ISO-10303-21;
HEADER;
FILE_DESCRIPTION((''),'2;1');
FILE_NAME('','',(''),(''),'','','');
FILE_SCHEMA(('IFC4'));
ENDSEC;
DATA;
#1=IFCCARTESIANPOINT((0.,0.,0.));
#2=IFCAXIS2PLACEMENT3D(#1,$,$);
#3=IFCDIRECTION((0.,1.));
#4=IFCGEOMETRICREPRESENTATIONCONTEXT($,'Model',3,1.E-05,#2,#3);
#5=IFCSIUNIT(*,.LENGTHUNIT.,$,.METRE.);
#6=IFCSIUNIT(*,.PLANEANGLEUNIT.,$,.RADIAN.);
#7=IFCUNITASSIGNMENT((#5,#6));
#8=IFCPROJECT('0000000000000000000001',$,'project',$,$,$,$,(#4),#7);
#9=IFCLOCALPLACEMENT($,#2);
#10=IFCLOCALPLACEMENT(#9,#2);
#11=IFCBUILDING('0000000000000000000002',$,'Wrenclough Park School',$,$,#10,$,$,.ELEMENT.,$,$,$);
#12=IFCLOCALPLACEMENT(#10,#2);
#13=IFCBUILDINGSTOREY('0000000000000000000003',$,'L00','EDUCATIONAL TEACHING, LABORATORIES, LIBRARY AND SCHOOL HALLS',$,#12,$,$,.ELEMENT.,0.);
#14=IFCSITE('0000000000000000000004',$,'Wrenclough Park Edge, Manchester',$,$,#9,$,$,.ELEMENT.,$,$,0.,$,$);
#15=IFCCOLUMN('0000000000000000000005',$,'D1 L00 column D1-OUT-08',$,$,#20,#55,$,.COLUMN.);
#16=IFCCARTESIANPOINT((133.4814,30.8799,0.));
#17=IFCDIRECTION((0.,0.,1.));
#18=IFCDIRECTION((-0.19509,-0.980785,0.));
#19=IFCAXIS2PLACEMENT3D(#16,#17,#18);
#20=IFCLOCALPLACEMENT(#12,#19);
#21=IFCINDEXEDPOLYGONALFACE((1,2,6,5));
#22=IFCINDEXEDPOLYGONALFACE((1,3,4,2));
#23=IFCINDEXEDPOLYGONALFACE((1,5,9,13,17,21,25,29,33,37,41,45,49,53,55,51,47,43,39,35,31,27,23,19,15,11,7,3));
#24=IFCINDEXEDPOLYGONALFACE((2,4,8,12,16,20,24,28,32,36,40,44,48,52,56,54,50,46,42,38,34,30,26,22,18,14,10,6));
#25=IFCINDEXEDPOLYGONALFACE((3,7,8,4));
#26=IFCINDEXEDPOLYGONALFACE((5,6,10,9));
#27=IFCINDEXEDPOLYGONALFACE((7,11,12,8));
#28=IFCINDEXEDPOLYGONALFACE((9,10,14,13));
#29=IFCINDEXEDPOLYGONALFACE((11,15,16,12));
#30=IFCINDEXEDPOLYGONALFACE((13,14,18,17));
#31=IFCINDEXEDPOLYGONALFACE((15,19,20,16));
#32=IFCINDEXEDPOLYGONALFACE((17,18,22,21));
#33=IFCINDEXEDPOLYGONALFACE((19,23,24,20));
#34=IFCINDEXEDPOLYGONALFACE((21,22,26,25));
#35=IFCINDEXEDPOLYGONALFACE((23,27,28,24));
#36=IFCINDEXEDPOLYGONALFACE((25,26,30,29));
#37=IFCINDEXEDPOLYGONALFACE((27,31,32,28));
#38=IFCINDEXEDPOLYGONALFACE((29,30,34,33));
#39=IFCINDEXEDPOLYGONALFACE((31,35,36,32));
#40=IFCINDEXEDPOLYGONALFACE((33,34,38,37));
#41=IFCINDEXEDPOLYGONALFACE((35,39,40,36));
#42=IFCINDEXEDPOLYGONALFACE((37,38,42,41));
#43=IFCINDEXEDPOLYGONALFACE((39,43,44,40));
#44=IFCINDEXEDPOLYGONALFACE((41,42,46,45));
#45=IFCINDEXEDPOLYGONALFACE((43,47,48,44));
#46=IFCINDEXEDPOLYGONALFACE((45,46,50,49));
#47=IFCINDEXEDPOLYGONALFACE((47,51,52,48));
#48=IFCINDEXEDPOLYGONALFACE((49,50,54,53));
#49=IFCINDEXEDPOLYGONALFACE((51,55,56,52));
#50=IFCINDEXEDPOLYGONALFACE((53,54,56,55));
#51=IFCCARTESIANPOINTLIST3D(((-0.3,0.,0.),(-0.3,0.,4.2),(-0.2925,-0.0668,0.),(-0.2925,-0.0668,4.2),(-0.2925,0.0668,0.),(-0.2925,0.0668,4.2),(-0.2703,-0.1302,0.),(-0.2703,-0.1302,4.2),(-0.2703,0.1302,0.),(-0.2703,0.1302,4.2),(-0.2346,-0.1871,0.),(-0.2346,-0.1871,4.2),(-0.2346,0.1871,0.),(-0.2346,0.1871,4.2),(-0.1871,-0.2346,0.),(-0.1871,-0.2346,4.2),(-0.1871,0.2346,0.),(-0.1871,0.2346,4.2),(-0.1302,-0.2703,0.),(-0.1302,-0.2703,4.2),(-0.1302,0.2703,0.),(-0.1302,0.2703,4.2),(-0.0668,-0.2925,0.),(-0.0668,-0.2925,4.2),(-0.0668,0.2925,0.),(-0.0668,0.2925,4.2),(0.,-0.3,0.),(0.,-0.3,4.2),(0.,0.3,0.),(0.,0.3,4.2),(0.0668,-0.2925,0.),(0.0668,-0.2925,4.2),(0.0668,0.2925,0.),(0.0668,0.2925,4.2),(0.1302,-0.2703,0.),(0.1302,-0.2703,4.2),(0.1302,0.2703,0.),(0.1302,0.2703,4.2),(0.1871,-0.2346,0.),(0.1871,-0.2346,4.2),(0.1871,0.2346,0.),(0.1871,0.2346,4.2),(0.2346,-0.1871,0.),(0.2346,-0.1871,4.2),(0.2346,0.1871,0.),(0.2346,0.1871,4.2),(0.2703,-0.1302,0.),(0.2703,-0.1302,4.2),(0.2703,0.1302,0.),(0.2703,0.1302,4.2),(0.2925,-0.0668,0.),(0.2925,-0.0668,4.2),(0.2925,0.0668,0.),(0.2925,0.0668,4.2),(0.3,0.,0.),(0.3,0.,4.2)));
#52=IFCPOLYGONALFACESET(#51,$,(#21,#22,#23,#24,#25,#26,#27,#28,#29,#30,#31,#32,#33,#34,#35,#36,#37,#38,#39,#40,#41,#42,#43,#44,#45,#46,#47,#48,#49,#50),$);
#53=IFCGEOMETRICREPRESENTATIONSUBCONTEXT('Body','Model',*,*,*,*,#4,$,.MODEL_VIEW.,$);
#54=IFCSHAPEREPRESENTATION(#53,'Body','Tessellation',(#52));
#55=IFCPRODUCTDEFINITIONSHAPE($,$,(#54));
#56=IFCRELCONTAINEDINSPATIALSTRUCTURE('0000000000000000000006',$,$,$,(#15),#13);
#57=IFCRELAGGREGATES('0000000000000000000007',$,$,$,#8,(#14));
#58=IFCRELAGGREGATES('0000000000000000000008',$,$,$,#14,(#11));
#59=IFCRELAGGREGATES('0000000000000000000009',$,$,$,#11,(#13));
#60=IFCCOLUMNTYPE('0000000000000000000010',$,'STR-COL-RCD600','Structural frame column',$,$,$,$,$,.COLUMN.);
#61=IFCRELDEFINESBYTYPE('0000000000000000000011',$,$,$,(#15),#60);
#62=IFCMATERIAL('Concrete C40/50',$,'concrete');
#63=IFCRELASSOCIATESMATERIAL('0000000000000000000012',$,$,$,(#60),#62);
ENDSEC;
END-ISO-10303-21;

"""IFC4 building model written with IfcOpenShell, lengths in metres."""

from ifc_helpers import new_model, si_unit, direction, frame, origin, origin_2d, place, context, subcontext, project, spatial, circle, extrude, material, material_profile, profile_set, type_object, element, save


model = new_model("IFC4")

# Units and contexts
model_context = context("Model", 3, precision=1e-05, world=origin(), true_north=direction((0.0, 1.0)))
body_context = subcontext(model_context, "Body", "Model", "MODEL_VIEW")
ifc_project = project(units=[si_unit("LENGTHUNIT", "METRE"), si_unit("PLANEANGLEUNIT", "RADIAN")], contexts=[model_context])

# Site, building, storey
site_placement = place(None, origin())
site = spatial("IfcSite", under=ifc_project, at=site_placement, Name="Wrenclough Park Edge, Manchester", CompositionType="ELEMENT", RefElevation=0.0)
building_placement = place(site_placement, origin())
building = spatial("IfcBuilding", under=site, at=building_placement, Name="Wrenclough Park School", CompositionType="ELEMENT")
storey_placement = place(building_placement, origin())
storey = spatial("IfcBuildingStorey", under=building, at=storey_placement, Name="L00", Description="EDUCATIONAL TEACHING, LABORATORIES, LIBRARY AND SCHOOL HALLS", CompositionType="ELEMENT", Elevation=0.0)

# Column
ifc_material_1 = material(Name="Concrete C40/50", Category="concrete")
ifc_material_profile_1 = material_profile(ifc_material_1, circle(Radius=0.3, at=origin_2d()), Name="RC COL D600")
ifc_profile_set_1 = profile_set([ifc_material_profile_1], Name="Concrete C40/50")
column_type = type_object("IfcColumnType", Name="STR-COL-RCD600", Description="Structural frame column", PredefinedType="COLUMN", material=ifc_profile_set_1)
column_placement = place(storey_placement, frame((133.4814, 30.8799, 0.0), z_axis=(0.0, 0.0, 1.0), x_axis=(-0.19509, -0.980785, 0.0)))
element("IfcColumn", 1, at=column_placement, inside=storey, type_object=column_type, Name="D1 L00 column D1-OUT-08", PredefinedType="COLUMN", context=body_context, shape_type="SweptSolid", body=[
    extrude(circle(Radius=0.3, at=origin_2d()), origin(), (0.0, 0.0, 1.0), 4.2),
])

save(model, "model.ifc")
